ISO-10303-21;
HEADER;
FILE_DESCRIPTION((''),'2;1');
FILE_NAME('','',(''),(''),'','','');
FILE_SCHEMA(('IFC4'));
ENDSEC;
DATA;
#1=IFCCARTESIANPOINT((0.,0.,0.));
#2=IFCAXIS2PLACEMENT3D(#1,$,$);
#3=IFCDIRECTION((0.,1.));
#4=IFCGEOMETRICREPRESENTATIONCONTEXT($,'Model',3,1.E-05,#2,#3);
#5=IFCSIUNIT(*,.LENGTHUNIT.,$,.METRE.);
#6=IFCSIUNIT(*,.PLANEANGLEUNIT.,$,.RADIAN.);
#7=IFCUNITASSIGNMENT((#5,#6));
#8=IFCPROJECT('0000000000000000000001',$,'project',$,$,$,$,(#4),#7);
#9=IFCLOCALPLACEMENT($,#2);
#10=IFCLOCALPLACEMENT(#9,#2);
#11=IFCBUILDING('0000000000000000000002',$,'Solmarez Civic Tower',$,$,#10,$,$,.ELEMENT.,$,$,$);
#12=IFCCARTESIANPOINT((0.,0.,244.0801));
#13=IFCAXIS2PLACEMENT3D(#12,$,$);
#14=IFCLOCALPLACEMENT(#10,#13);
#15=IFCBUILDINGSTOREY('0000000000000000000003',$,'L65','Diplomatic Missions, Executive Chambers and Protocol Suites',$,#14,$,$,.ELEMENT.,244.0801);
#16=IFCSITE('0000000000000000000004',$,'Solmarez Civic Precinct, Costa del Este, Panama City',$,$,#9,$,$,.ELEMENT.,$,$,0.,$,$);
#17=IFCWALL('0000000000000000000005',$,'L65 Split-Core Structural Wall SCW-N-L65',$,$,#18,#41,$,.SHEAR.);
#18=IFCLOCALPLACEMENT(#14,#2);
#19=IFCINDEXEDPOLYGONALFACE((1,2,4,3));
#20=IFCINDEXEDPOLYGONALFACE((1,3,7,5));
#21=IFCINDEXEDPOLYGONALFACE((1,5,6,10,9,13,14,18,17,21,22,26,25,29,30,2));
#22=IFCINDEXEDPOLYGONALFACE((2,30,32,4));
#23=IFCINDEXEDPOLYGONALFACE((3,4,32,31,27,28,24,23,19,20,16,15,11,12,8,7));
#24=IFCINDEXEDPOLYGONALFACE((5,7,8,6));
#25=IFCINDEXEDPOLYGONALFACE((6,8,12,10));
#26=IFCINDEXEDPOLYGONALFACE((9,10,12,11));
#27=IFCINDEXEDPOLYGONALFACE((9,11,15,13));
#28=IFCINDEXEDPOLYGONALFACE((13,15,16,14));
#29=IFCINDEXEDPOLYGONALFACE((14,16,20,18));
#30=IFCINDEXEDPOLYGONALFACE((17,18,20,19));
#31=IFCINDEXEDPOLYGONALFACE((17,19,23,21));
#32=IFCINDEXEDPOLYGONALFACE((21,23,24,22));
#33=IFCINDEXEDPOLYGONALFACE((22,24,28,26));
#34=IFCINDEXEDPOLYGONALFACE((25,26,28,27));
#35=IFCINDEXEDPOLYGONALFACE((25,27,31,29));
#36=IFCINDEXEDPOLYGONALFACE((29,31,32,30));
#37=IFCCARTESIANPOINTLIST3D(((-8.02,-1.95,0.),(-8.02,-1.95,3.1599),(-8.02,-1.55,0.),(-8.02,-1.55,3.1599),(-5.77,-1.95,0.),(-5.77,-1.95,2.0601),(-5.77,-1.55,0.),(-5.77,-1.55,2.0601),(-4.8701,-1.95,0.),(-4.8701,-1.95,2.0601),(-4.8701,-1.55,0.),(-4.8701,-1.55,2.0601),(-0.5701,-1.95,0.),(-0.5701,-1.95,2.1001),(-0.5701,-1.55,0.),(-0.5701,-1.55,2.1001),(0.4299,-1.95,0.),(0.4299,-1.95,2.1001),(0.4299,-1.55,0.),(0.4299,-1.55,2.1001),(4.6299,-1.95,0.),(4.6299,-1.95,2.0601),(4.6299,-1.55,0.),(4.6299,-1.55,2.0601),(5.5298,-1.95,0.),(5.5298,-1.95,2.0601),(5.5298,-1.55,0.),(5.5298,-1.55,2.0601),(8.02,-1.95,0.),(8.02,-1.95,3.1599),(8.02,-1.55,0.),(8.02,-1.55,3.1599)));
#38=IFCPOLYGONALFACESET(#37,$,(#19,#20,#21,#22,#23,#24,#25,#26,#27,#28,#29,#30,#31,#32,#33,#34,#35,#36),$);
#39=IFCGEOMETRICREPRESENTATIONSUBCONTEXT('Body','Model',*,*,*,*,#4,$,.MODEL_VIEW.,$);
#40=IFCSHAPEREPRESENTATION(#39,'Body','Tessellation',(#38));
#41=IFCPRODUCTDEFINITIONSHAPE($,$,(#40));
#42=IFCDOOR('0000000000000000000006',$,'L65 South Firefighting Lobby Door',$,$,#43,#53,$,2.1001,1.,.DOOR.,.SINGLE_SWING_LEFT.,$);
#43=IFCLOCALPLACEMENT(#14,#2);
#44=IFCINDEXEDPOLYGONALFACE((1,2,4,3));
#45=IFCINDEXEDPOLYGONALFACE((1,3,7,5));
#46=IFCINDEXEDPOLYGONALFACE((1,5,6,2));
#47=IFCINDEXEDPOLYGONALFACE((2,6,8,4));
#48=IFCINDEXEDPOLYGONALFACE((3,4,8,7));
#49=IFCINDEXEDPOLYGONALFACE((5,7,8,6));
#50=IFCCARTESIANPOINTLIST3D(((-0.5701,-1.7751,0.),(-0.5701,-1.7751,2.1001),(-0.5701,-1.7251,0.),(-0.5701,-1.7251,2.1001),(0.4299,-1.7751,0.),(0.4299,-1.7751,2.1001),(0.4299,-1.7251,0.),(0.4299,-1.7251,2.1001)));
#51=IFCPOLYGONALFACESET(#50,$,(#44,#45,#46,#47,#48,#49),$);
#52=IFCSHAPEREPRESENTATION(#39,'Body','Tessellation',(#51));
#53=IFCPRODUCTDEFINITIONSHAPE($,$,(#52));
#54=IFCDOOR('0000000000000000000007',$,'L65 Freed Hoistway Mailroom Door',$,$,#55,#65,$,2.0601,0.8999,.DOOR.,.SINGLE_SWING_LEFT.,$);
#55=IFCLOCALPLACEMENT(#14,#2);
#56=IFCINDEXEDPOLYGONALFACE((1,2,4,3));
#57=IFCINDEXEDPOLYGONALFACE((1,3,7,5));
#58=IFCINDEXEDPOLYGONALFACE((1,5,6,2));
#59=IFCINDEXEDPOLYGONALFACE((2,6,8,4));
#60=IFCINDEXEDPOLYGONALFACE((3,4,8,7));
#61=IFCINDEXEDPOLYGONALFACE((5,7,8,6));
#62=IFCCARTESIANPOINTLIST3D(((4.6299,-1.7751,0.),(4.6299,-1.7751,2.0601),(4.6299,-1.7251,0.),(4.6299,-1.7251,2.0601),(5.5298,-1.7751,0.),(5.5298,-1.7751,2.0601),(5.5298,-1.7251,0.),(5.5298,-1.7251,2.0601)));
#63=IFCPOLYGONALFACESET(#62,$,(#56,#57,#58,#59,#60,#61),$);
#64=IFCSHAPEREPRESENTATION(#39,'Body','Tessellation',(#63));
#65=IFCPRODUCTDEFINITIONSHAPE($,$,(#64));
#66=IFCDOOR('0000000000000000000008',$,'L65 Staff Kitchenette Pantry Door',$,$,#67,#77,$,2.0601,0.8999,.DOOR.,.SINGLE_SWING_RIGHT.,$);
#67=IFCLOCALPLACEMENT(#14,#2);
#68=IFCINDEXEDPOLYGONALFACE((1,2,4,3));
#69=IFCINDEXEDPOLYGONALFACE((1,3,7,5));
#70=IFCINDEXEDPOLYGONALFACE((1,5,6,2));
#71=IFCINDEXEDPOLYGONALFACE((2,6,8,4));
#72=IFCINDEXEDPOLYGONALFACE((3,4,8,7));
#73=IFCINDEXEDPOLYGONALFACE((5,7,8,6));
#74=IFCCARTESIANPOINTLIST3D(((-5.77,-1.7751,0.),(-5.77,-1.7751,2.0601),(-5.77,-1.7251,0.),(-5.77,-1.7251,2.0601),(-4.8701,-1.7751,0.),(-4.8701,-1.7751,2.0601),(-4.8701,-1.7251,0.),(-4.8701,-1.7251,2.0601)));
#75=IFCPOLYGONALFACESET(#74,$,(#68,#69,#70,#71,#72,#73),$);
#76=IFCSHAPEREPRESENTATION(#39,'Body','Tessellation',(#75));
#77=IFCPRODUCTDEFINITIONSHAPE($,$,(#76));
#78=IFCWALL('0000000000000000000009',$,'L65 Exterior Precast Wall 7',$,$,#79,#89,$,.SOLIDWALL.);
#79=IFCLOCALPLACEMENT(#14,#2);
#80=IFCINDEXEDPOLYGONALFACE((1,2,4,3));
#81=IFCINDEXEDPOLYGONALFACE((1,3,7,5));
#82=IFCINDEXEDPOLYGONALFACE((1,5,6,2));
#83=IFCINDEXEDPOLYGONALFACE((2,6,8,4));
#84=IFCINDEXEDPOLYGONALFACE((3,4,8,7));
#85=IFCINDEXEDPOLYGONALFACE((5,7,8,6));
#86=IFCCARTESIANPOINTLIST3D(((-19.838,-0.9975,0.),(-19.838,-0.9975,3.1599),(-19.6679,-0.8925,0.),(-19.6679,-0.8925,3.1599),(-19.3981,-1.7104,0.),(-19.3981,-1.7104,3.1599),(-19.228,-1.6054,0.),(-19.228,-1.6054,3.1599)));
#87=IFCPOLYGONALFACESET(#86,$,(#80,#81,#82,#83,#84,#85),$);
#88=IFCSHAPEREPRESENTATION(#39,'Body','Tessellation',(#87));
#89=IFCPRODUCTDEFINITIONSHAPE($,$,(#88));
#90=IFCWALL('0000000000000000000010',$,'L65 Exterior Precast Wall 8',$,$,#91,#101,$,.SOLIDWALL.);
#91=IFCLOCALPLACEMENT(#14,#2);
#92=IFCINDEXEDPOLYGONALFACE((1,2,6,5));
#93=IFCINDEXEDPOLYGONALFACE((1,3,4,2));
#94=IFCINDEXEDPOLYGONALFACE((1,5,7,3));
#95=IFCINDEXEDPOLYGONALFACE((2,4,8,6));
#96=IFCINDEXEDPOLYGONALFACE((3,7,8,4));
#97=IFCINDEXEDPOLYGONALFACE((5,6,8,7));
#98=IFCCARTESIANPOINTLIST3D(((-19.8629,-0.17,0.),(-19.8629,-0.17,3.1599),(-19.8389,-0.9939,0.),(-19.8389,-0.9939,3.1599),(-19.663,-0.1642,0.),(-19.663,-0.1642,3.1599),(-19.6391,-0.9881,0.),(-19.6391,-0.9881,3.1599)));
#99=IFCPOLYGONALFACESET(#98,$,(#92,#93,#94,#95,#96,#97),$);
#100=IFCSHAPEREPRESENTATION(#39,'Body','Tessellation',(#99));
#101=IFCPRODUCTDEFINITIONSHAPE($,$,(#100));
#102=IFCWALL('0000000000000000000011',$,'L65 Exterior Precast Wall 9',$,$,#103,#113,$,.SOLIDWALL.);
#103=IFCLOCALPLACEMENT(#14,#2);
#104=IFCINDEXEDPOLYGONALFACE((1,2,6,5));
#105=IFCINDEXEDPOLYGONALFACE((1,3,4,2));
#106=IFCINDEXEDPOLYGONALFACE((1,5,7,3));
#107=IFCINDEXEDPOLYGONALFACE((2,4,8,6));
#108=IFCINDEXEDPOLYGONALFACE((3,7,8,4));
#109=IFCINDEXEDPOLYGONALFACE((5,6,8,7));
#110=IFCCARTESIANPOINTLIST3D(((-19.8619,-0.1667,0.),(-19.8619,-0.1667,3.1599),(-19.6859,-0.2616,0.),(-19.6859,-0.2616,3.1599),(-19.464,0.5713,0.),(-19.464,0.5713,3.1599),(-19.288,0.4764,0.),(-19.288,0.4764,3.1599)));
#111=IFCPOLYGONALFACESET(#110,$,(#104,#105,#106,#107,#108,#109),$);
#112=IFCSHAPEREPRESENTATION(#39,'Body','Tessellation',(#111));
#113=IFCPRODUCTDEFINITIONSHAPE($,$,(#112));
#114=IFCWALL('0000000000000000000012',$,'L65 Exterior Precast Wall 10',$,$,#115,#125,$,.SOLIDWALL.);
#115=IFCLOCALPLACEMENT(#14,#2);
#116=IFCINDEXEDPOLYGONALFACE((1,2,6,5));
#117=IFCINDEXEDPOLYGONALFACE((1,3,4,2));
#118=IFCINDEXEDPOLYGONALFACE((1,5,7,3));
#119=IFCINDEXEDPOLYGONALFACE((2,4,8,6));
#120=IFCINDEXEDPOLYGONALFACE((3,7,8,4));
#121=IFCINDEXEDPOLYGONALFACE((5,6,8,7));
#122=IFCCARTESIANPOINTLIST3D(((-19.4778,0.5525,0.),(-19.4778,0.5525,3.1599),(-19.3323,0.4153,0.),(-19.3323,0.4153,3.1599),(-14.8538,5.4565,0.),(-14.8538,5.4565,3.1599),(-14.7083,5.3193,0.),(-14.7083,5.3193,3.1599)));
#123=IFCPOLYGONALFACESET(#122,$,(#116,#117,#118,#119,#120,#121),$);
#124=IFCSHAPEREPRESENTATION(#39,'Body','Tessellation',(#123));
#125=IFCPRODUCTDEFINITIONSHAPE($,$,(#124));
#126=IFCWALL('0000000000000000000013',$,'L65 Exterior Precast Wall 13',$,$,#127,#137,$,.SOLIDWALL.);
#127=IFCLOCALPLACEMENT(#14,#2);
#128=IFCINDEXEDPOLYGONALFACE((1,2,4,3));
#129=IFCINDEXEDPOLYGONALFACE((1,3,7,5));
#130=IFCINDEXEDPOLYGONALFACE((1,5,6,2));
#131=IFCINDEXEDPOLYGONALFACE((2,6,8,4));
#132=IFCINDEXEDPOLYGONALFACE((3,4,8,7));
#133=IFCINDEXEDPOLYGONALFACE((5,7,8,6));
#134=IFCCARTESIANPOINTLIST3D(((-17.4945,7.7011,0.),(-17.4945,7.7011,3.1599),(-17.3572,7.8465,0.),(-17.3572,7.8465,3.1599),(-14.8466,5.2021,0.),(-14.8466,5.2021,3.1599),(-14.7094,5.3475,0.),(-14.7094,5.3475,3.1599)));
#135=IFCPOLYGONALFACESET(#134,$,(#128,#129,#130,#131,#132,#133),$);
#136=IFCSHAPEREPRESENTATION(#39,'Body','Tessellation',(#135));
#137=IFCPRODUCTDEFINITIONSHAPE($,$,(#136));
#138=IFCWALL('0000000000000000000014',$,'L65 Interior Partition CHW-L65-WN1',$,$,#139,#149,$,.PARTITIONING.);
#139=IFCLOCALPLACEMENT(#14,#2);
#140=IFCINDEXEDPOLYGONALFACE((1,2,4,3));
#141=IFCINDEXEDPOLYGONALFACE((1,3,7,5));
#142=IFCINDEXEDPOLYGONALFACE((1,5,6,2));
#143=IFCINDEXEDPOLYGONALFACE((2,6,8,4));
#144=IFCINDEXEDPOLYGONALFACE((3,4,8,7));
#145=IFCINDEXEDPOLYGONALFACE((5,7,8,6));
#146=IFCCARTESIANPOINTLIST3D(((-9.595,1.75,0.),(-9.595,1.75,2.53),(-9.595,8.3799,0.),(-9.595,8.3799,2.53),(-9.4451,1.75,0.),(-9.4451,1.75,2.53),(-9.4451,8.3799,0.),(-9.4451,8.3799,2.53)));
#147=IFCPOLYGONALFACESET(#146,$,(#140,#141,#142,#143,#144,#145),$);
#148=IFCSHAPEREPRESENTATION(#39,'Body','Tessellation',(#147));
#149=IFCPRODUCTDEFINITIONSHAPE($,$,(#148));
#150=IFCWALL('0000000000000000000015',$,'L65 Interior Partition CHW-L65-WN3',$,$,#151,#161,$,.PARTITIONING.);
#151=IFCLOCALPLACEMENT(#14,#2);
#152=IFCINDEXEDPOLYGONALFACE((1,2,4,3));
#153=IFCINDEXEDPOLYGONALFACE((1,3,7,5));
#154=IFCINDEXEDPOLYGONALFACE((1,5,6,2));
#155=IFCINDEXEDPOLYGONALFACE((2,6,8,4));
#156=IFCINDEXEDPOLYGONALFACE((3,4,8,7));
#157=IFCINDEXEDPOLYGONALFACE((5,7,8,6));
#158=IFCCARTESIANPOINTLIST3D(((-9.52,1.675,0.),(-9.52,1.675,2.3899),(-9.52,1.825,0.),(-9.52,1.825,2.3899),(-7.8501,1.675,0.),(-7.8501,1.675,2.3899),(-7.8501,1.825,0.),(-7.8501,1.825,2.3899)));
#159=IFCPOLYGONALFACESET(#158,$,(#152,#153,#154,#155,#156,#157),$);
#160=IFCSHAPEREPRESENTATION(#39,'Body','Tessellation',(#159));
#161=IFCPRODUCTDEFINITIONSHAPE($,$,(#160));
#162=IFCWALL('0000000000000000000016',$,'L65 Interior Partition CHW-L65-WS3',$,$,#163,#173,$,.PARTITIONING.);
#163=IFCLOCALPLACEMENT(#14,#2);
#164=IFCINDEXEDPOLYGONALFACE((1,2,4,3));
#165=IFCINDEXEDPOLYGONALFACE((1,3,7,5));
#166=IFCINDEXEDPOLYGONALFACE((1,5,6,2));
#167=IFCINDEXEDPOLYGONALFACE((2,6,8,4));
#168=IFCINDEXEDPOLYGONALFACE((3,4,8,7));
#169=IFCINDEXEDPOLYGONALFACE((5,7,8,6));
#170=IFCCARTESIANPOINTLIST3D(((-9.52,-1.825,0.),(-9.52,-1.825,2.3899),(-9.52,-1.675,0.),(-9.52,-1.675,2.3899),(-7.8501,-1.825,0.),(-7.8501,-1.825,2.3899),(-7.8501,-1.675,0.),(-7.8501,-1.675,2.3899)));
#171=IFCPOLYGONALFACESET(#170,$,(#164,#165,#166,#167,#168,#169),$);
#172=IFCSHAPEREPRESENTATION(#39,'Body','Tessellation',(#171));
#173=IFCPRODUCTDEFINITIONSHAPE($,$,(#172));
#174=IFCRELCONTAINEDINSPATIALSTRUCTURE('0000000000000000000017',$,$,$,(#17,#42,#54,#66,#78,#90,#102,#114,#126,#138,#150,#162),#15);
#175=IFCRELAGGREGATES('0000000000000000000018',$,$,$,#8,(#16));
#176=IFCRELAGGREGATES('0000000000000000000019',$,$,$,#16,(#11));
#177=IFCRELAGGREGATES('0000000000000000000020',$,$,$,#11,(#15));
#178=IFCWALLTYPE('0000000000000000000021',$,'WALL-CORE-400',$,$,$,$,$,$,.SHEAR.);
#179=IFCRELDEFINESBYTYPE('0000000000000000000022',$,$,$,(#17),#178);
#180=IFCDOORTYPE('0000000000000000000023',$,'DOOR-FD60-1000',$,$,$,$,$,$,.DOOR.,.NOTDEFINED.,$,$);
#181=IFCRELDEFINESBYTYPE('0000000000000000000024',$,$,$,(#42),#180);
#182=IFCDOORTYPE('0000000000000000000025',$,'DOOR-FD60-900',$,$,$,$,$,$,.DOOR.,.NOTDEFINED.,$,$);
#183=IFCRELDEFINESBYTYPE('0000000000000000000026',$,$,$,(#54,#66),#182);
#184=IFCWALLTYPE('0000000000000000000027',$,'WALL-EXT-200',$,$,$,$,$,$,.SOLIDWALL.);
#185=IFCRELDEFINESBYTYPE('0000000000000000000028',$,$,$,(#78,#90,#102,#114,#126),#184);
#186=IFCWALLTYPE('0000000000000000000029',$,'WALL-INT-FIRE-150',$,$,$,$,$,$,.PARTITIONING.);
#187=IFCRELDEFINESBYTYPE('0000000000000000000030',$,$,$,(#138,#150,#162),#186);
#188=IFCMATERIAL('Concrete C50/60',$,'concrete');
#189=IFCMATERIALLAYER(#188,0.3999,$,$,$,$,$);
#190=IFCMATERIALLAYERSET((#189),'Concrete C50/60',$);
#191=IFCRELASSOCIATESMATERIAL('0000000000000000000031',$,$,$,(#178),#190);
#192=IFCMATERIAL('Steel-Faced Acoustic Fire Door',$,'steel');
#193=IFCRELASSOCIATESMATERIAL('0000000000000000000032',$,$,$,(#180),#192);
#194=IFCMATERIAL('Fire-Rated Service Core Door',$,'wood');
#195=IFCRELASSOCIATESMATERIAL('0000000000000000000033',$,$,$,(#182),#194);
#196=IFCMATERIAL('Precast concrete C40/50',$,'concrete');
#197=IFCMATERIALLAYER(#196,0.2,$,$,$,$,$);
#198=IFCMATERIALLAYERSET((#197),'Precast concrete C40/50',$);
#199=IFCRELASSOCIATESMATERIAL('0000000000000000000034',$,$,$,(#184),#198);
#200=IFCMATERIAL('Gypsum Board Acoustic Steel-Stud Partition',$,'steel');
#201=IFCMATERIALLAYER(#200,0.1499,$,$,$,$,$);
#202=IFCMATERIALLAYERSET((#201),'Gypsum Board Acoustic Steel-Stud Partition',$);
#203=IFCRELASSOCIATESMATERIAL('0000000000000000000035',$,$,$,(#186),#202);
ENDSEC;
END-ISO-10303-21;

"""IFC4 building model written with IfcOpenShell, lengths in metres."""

from ifc_helpers import new_model, si_unit, direction, frame, frame_2d, origin, place, context, subcontext, project, spatial, rectangle, extrude, material, layer, layer_set, type_object, element, fill, save


model = new_model("IFC4")

# Units and contexts
model_context = context("Model", 3, precision=1e-05, world=origin(), true_north=direction((0.0, 1.0)))
body_context = subcontext(model_context, "Body", "Model", "MODEL_VIEW")
ifc_project = project(units=[si_unit("LENGTHUNIT", "METRE"), si_unit("PLANEANGLEUNIT", "RADIAN")], contexts=[model_context])

# Site, building, storey
site_placement = place(None, origin())
site = spatial("IfcSite", under=ifc_project, at=site_placement, Name="Solmarez Civic Precinct, Costa del Este, Panama City", CompositionType="ELEMENT", RefElevation=0.0)
building_placement = place(site_placement, origin())
building = spatial("IfcBuilding", under=site, at=building_placement, Name="Solmarez Civic Tower", CompositionType="ELEMENT")
storey_placement = place(building_placement, frame((0.0, 0.0, 244.0801)))
storey = spatial("IfcBuildingStorey", under=building, at=storey_placement, Name="L65", Description="Diplomatic Missions, Executive Chambers and Protocol Suites", CompositionType="ELEMENT", Elevation=244.0801)

# Shared definitions
ifc_material_1 = material(Name="Concrete C50/60", Category="concrete")

# Shared definitions
ifc_layer_1 = layer(ifc_material_1, 0.3999)
ifc_layer_set_1 = layer_set([ifc_layer_1], Name="Concrete C50/60")
wall_type_1 = type_object("IfcWallType", Name="WALL-CORE-400", PredefinedType="SHEAR", material=ifc_layer_set_1)

# Wall, openings, doors
wall_1_placement = place(storey_placement, frame((-8.02, -1.75, 0.0), z_axis=(0.0, 0.0, 1.0), x_axis=(1.0, 0.0, 0.0)))
wall_1 = element("IfcWall", 1, at=wall_1_placement, inside=storey, type_object=wall_type_1, Name="L65 Split-Core Structural Wall SCW-N-L65", PredefinedType="SHEAR", context=body_context, shape_type="SweptSolid", body=[
    extrude(rectangle(XDim=16.04, YDim=0.3999, at=frame_2d((8.02, 0.0))), origin(), (0.0, 0.0, 1.0), 3.1599),
])
opening_1_placement = place(wall_1_placement, frame((7.45, 0.0, 0.0)))
opening_1 = element("IfcOpeningElement", 2, at=opening_1_placement, cuts=wall_1, PredefinedType="OPENING", context=body_context, shape_type="SweptSolid", body=[
    extrude(rectangle(XDim=1.0, YDim=2.1001, at=frame_2d((0.5, 1.05))), frame((0.0, 0.21, 0.0), z_axis=(0.0, -1.0, 0.0), x_axis=(1.0, 0.0, 0.0)), (0.0, 0.0, 1.0), 0.4199),
])
opening_2_placement = place(wall_1_placement, frame((12.6499, 0.0, 0.0)))
opening_2 = element("IfcOpeningElement", 3, at=opening_2_placement, cuts=wall_1, PredefinedType="OPENING", context=body_context, shape_type="SweptSolid", body=[
    extrude(rectangle(XDim=0.8999, YDim=2.0601, at=frame_2d((0.45, 1.03))), frame((0.0, 0.21, 0.0), z_axis=(0.0, -1.0, 0.0), x_axis=(1.0, 0.0, 0.0)), (0.0, 0.0, 1.0), 0.4199),
])
opening_3_placement = place(wall_1_placement, frame((2.25, 0.0, 0.0)))
opening_3 = element("IfcOpeningElement", 4, at=opening_3_placement, cuts=wall_1, PredefinedType="OPENING", context=body_context, shape_type="SweptSolid", body=[
    extrude(rectangle(XDim=0.8999, YDim=2.0601, at=frame_2d((0.45, 1.03))), frame((0.0, 0.21, 0.0), z_axis=(0.0, -1.0, 0.0), x_axis=(1.0, 0.0, 0.0)), (0.0, 0.0, 1.0), 0.4199),
])
ifc_material_2 = material(Name="Steel-Faced Acoustic Fire Door", Category="steel")
door_type_1 = type_object("IfcDoorType", Name="DOOR-FD60-1000", OperationType="NOTDEFINED", PredefinedType="DOOR", material=ifc_material_2)
door_1_placement = place(opening_1_placement, origin())
door_1 = element("IfcDoor", 5, at=door_1_placement, inside=storey, type_object=door_type_1, Name="L65 South Firefighting Lobby Door", OperationType="SINGLE_SWING_LEFT", OverallHeight=2.1001, OverallWidth=1.0, PredefinedType="DOOR", context=body_context, shape_type="SweptSolid", body=[
    extrude(rectangle(XDim=1.0, YDim=2.1001, at=frame_2d((0.5, 1.05))), frame((0.0, 0.0249, 0.0), z_axis=(0.0, -1.0, 0.0), x_axis=(1.0, 0.0, 0.0)), (0.0, 0.0, 1.0), 0.05),
])
fill(opening_1, door_1)
ifc_material_3 = material(Name="Fire-Rated Service Core Door", Category="wood")
door_type_2 = type_object("IfcDoorType", Name="DOOR-FD60-900", OperationType="NOTDEFINED", PredefinedType="DOOR", material=ifc_material_3)
door_2_placement = place(opening_2_placement, origin())
door_2 = element("IfcDoor", 6, at=door_2_placement, inside=storey, type_object=door_type_2, Name="L65 Freed Hoistway Mailroom Door", OperationType="SINGLE_SWING_LEFT", OverallHeight=2.0601, OverallWidth=0.8999, PredefinedType="DOOR", context=body_context, shape_type="SweptSolid", body=[
    extrude(rectangle(XDim=0.8999, YDim=2.0601, at=frame_2d((0.45, 1.03))), frame((0.0, 0.0249, 0.0), z_axis=(0.0, -1.0, 0.0), x_axis=(1.0, 0.0, 0.0)), (0.0, 0.0, 1.0), 0.05),
])
fill(opening_2, door_2)
door_3_placement = place(opening_3_placement, origin())
door_3 = element("IfcDoor", 7, at=door_3_placement, inside=storey, type_object=door_type_2, Name="L65 Staff Kitchenette Pantry Door", OperationType="SINGLE_SWING_RIGHT", OverallHeight=2.0601, OverallWidth=0.8999, PredefinedType="DOOR", context=body_context, shape_type="SweptSolid", body=[
    extrude(rectangle(XDim=0.8999, YDim=2.0601, at=frame_2d((0.45, 1.03))), frame((0.0, 0.0249, 0.0), z_axis=(0.0, -1.0, 0.0), x_axis=(1.0, 0.0, 0.0)), (0.0, 0.0, 1.0), 0.05),
])
fill(opening_3, door_3)

# Walls
ifc_material_4 = material(Name="Precast concrete C40/50", Category="concrete")
ifc_layer_2 = layer(ifc_material_4, 0.2)
ifc_layer_set_2 = layer_set([ifc_layer_2], Name="Precast concrete C40/50")
wall_type_2 = type_object("IfcWallType", Name="WALL-EXT-200", PredefinedType="SOLIDWALL", material=ifc_layer_set_2)
wall_2_placement = place(storey_placement, frame((-19.313, -1.658, 0.0), z_axis=(0.0, 0.0, 1.0), x_axis=(-0.52517, 0.850997, 0.0)))
element("IfcWall", 8, at=wall_2_placement, inside=storey, type_object=wall_type_2, Name="L65 Exterior Precast Wall 7", PredefinedType="SOLIDWALL", context=body_context, shape_type="SweptSolid", body=[
    extrude(rectangle(XDim=0.8376, YDim=0.2, at=frame_2d((0.4189, 0.0))), origin(), (0.0, 0.0, 1.0), 3.1599),
])
wall_3_placement = place(storey_placement, frame((-19.739, -0.991, 0.0), z_axis=(0.0, 0.0, 1.0), x_axis=(-0.029025, 0.999579, 0.0)))
element("IfcWall", 9, at=wall_3_placement, inside=storey, type_object=wall_type_2, Name="L65 Exterior Precast Wall 8", PredefinedType="SOLIDWALL", context=body_context, shape_type="SweptSolid", body=[
    extrude(rectangle(XDim=0.8242, YDim=0.2, at=frame_2d((0.4121, 0.0))), origin(), (0.0, 0.0, 1.0), 3.1599),
])
wall_4_placement = place(storey_placement, frame((-19.7739, -0.2141, 0.0), z_axis=(0.0, 0.0, 1.0), x_axis=(0.474603, 0.8802, 0.0)))
element("IfcWall", 10, at=wall_4_placement, inside=storey, type_object=wall_type_2, Name="L65 Exterior Precast Wall 9", PredefinedType="SOLIDWALL", context=body_context, shape_type="SweptSolid", body=[
    extrude(rectangle(XDim=0.8384, YDim=0.2, at=frame_2d((0.4192, 0.0))), origin(), (0.0, 0.0, 1.0), 3.1599),
])
wall_5_placement = place(storey_placement, frame((-19.405, 0.4839, 0.0), z_axis=(0.0, 0.0, 1.0), x_axis=(0.686029, 0.727574, 0.0)))
element("IfcWall", 11, at=wall_5_placement, inside=storey, type_object=wall_type_2, Name="L65 Exterior Precast Wall 10", PredefinedType="SOLIDWALL", context=body_context, shape_type="SweptSolid", body=[
    extrude(rectangle(XDim=6.7402, YDim=0.2, at=frame_2d((3.3701, 0.0))), origin(), (0.0, 0.0, 1.0), 3.1599),
])
wall_6_placement = place(storey_placement, frame((-14.7781, 5.2749, 0.0), z_axis=(0.0, 0.0, 1.0), x_axis=(-0.727262, 0.68636, 0.0)))
element("IfcWall", 12, at=wall_6_placement, inside=storey, type_object=wall_type_2, Name="L65 Exterior Precast Wall 13", PredefinedType="SOLIDWALL", context=body_context, shape_type="SweptSolid", body=[
    extrude(rectangle(XDim=3.6409, YDim=0.2, at=frame_2d((1.8203, 0.0))), origin(), (0.0, 0.0, 1.0), 3.1599),
])
ifc_material_5 = material(Name="Gypsum Board Acoustic Steel-Stud Partition", Category="steel")
ifc_layer_3 = layer(ifc_material_5, 0.1499)
ifc_layer_set_3 = layer_set([ifc_layer_3], Name="Gypsum Board Acoustic Steel-Stud Partition")
wall_type_3 = type_object("IfcWallType", Name="WALL-INT-FIRE-150", PredefinedType="PARTITIONING", material=ifc_layer_set_3)
wall_7_placement = place(storey_placement, frame((-9.52, 1.75, 0.0), z_axis=(0.0, 0.0, 1.0), x_axis=(0.0, 1.0, 0.0)))
element("IfcWall", 13, at=wall_7_placement, inside=storey, type_object=wall_type_3, Name="L65 Interior Partition CHW-L65-WN1", PredefinedType="PARTITIONING", context=body_context, shape_type="SweptSolid", body=[
    extrude(rectangle(XDim=6.6299, YDim=0.1499, at=frame_2d((3.3149, 0.0))), origin(), (0.0, 0.0, 1.0), 2.53),
])
for number, where, z_axis, x_axis, name in (
    (14, (-7.8501, 1.75, 0.0), (0.0, 0.0, 1.0), (-1.0, 0.0, 0.0), "L65 Interior Partition CHW-L65-WN3"),
    (15, (-7.8501, -1.75, 0.0), (0.0, 0.0, 1.0), (-1.0, 0.0, 0.0), "L65 Interior Partition CHW-L65-WS3"),
):
    element("IfcWall", number, at=place(storey_placement, frame(where, z_axis=z_axis, x_axis=x_axis)), inside=storey, type_object=wall_type_3, Name=name, PredefinedType="PARTITIONING", context=body_context, shape_type="SweptSolid", body=[
        extrude(rectangle(XDim=1.6699, YDim=0.1499, at=frame_2d((0.835, 0.0))), origin(), (0.0, 0.0, 1.0), 2.3899),
    ])

save(model, "model.ifc")
